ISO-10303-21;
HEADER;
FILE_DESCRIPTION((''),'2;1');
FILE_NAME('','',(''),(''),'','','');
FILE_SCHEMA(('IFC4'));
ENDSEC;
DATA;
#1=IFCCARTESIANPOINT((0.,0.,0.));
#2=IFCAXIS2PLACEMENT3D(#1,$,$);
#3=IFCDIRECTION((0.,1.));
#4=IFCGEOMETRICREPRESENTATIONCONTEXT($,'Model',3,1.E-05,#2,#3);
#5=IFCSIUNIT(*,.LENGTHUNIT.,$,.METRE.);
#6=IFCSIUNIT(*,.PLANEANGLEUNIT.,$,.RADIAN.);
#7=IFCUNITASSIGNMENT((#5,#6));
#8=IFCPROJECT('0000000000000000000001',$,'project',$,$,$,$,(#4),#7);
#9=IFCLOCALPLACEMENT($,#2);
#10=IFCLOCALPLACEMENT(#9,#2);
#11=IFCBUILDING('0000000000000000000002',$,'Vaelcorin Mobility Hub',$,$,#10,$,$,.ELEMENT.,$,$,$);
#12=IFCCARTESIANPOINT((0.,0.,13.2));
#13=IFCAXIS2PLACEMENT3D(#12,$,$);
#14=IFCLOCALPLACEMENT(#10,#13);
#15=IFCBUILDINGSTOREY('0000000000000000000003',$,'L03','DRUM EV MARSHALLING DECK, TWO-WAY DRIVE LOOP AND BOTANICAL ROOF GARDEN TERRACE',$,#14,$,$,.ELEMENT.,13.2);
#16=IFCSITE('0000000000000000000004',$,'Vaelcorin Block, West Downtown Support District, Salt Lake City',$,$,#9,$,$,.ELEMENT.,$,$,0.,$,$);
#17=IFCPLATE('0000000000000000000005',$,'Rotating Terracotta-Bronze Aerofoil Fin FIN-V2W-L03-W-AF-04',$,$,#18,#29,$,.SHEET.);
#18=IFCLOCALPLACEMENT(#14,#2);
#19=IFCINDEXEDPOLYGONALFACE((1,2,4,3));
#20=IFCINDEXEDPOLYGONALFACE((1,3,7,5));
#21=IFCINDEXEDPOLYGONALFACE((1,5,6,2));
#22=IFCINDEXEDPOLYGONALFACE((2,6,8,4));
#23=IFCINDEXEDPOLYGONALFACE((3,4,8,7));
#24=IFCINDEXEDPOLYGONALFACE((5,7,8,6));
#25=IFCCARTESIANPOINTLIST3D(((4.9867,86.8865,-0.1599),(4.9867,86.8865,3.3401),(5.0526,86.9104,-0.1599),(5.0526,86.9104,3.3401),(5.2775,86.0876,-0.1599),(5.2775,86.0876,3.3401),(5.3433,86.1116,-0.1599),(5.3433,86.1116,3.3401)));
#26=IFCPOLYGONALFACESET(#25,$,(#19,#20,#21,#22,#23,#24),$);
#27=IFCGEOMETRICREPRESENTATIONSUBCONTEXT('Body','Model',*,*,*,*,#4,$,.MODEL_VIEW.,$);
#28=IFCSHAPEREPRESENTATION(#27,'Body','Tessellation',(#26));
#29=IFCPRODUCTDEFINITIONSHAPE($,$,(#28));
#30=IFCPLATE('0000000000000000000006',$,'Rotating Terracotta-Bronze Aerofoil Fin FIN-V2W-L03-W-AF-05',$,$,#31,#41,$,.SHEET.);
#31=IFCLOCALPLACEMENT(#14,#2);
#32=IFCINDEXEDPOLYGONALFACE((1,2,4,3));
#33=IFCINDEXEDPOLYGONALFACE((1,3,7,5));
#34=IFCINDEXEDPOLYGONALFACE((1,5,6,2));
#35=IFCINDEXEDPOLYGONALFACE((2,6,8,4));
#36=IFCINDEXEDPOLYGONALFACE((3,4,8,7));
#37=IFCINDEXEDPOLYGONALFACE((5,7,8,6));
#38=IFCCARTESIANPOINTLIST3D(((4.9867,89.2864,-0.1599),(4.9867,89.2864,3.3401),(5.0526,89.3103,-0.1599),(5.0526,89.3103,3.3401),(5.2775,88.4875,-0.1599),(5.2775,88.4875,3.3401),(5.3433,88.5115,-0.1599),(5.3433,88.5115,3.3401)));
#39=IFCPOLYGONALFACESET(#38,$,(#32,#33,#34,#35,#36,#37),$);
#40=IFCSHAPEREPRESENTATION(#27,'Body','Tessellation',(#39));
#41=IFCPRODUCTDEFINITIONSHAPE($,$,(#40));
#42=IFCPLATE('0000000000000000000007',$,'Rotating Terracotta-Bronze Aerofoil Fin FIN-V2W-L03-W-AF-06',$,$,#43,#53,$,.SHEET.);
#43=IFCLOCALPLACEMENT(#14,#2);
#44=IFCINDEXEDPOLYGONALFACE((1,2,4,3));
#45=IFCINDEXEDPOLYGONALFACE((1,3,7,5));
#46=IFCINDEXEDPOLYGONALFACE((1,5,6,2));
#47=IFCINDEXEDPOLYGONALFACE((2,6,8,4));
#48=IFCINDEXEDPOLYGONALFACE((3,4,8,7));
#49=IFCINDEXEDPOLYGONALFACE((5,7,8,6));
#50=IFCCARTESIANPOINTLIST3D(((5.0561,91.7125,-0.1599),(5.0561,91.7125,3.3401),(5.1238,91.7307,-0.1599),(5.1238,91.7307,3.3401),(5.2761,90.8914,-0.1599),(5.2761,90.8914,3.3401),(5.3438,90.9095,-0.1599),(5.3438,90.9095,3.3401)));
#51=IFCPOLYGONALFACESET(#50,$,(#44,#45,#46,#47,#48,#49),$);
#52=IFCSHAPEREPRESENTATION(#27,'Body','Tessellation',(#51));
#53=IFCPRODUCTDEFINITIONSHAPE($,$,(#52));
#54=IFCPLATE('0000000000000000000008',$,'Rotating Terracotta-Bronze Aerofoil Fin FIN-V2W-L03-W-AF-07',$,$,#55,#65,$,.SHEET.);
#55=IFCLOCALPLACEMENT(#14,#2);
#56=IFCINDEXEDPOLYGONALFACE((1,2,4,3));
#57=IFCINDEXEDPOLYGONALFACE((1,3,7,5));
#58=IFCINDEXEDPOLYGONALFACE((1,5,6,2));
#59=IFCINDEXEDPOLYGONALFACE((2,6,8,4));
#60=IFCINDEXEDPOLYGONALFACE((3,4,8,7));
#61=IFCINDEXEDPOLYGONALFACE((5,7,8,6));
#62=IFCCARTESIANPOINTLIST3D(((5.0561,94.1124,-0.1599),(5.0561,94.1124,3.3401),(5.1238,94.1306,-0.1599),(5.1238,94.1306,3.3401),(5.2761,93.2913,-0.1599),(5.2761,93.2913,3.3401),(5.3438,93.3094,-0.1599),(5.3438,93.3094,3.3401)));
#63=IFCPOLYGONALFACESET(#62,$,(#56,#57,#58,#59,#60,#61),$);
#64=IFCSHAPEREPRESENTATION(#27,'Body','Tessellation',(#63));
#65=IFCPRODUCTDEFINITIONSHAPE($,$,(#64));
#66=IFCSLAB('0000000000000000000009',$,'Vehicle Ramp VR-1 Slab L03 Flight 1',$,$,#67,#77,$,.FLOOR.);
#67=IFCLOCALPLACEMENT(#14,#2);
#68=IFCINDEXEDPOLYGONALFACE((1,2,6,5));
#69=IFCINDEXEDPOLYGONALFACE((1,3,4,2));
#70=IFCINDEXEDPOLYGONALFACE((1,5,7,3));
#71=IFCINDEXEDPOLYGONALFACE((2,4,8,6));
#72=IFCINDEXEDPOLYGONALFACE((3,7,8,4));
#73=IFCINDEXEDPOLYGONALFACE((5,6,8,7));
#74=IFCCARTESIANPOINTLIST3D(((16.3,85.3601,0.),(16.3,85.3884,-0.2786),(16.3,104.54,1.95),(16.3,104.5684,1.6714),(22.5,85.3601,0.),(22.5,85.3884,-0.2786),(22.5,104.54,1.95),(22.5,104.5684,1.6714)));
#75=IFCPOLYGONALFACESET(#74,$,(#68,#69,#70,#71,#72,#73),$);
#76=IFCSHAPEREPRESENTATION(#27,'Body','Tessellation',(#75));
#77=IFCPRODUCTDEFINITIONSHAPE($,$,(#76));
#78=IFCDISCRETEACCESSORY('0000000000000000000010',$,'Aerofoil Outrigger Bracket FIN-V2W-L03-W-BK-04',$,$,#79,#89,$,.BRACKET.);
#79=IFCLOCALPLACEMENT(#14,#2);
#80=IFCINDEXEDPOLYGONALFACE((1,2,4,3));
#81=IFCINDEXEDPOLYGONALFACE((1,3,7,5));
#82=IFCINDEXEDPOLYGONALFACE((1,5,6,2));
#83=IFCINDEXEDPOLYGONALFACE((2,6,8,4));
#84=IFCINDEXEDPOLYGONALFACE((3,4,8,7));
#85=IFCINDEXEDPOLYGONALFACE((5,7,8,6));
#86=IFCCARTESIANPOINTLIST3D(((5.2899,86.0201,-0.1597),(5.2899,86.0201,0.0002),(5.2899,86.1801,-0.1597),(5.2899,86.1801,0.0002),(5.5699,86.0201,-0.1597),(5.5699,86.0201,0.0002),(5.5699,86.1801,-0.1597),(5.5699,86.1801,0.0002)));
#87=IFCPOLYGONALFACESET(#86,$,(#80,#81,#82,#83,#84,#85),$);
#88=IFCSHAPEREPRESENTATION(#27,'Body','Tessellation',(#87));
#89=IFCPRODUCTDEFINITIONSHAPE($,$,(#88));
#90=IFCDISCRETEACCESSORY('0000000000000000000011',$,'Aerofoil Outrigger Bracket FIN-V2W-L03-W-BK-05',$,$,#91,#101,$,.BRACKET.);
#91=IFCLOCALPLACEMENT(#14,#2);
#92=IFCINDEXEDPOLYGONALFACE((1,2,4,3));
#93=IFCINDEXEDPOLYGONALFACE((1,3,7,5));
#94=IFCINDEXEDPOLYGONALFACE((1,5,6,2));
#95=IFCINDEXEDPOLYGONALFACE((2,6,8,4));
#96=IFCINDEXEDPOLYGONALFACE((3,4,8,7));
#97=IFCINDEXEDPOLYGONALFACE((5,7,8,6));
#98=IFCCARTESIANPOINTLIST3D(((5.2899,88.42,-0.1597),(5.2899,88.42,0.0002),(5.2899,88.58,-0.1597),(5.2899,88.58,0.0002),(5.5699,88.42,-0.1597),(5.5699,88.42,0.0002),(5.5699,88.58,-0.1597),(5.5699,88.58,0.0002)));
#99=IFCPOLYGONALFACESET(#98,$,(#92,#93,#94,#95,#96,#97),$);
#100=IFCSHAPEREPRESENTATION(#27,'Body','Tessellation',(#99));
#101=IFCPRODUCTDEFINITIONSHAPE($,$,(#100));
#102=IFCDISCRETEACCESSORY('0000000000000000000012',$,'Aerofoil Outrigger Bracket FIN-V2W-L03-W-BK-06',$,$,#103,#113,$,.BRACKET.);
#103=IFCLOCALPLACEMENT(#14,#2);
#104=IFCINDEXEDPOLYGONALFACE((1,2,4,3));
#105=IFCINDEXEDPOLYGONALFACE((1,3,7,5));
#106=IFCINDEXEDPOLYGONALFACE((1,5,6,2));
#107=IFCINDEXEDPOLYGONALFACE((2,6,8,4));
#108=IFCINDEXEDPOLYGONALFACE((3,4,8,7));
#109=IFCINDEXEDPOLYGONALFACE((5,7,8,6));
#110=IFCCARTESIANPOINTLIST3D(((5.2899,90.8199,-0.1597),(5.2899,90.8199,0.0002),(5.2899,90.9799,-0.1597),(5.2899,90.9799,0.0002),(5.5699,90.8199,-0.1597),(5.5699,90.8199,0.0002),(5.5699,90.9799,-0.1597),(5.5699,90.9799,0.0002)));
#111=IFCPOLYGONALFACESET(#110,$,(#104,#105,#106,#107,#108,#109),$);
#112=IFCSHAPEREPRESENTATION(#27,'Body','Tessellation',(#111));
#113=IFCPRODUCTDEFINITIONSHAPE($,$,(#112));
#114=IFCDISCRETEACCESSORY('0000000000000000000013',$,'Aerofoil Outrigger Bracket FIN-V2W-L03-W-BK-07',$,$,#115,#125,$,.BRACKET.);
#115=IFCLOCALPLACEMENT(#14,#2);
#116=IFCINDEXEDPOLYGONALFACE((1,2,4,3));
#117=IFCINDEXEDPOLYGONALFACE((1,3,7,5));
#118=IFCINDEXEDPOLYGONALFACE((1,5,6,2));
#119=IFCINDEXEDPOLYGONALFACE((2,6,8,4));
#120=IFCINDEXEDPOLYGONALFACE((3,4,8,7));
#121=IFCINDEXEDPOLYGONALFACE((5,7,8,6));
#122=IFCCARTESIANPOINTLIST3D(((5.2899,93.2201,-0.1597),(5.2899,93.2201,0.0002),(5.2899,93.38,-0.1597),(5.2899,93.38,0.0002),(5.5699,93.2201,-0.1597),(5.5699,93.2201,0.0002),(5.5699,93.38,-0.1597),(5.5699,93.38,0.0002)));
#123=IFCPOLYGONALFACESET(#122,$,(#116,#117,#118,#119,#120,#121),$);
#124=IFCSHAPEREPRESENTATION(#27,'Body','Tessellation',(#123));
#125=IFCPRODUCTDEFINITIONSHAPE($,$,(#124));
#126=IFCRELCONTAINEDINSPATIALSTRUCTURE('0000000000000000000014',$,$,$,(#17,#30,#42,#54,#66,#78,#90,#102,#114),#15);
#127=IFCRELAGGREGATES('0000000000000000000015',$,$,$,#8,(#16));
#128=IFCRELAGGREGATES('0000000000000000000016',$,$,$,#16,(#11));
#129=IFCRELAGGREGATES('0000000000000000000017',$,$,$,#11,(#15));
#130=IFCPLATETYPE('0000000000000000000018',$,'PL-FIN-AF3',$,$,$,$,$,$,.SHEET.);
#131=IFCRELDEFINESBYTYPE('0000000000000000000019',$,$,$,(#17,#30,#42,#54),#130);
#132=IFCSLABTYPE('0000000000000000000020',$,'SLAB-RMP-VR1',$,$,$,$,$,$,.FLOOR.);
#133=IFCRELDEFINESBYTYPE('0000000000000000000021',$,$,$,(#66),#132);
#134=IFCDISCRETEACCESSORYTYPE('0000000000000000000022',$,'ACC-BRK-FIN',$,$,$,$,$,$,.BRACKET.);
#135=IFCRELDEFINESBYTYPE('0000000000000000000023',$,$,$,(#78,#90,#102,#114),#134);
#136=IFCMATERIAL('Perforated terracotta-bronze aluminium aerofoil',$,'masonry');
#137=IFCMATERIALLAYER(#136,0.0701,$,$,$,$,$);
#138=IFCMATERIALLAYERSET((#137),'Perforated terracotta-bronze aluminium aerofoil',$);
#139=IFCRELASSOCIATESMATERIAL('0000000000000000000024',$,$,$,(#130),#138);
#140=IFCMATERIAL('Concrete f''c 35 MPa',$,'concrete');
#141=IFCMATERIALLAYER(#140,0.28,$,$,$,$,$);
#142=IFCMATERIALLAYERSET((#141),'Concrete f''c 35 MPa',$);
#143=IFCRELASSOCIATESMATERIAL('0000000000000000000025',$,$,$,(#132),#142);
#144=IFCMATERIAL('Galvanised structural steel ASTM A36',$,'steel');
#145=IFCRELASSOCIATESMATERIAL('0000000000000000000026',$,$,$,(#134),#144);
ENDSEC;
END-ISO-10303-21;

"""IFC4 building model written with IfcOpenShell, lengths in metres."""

from ifc_helpers import new_model, si_unit, direction, frame, origin, origin_2d, place, context, subcontext, project, spatial, polyline, rectangle, outline, extrude, material, layer, layer_set, type_object, element, save


model = new_model("IFC4")

# Units and contexts
model_context = context("Model", 3, precision=1e-05, world=origin(), true_north=direction((0.0, 1.0)))
body_context = subcontext(model_context, "Body", "Model", "MODEL_VIEW")
ifc_project = project(units=[si_unit("LENGTHUNIT", "METRE"), si_unit("PLANEANGLEUNIT", "RADIAN")], contexts=[model_context])

# Site, building, storey
site_placement = place(None, origin())
site = spatial("IfcSite", under=ifc_project, at=site_placement, Name="Vaelcorin Block, West Downtown Support District, Salt Lake City", CompositionType="ELEMENT", RefElevation=0.0)
building_placement = place(site_placement, origin())
building = spatial("IfcBuilding", under=site, at=building_placement, Name="Vaelcorin Mobility Hub", CompositionType="ELEMENT")
storey_placement = place(building_placement, frame((0.0, 0.0, 13.2)))
storey = spatial("IfcBuildingStorey", under=building, at=storey_placement, Name="L03", Description="DRUM EV MARSHALLING DECK, TWO-WAY DRIVE LOOP AND BOTANICAL ROOF GARDEN TERRACE", CompositionType="ELEMENT", Elevation=13.2)

# Plates
ifc_material_1 = material(Name="Perforated terracotta-bronze aluminium aerofoil", Category="masonry")
ifc_layer_1 = layer(ifc_material_1, 0.0701)
ifc_layer_set_1 = layer_set([ifc_layer_1], Name="Perforated terracotta-bronze aluminium aerofoil")
plate_type = type_object("IfcPlateType", Name="PL-FIN-AF3", PredefinedType="SHEET", material=ifc_layer_set_1)
for number, where, z_axis, x_axis, name in (
    (1, (5.165, 86.499, -0.1599), (0.0, 0.0, 1.0), (-0.34202, 0.939693, 0.0), "Rotating Terracotta-Bronze Aerofoil Fin FIN-V2W-L03-W-AF-04"),
    (2, (5.165, 88.8989, -0.1599), (0.0, 0.0, 1.0), (-0.34202, 0.939693, 0.0), "Rotating Terracotta-Bronze Aerofoil Fin FIN-V2W-L03-W-AF-05"),
    (3, (5.2, 91.311, -0.1599), (0.0, 0.0, 1.0), (-0.258819, 0.965926, 0.0), "Rotating Terracotta-Bronze Aerofoil Fin FIN-V2W-L03-W-AF-06"),
    (4, (5.2, 93.7109, -0.1599), (0.0, 0.0, 1.0), (-0.258819, 0.965926, 0.0), "Rotating Terracotta-Bronze Aerofoil Fin FIN-V2W-L03-W-AF-07"),
):
    element("IfcPlate", number, at=place(storey_placement, frame(where, z_axis=z_axis, x_axis=x_axis)), inside=storey, type_object=plate_type, Name=name, PredefinedType="SHEET", context=body_context, shape_type="SweptSolid", body=[
        extrude(rectangle(XDim=0.8501, YDim=0.0701, at=origin_2d()), origin(), (0.0, 0.0, 1.0), 3.5),
    ])

# Slab
ifc_material_2 = material(Name="Concrete f'c 35 MPa", Category="concrete")
ifc_layer_2 = layer(ifc_material_2, 0.28)
ifc_layer_set_2 = layer_set([ifc_layer_2], Name="Concrete f'c 35 MPa")
slab_type = type_object("IfcSlabType", Name="SLAB-RMP-VR1", PredefinedType="FLOOR", material=ifc_layer_set_2)
slab_placement = place(storey_placement, frame((16.3, 85.3601, 0.0), z_axis=(0.0, -0.101145, 0.994872), x_axis=(1.0, 0.0, 0.0)))
element("IfcSlab", 5, at=slab_placement, inside=storey, type_object=slab_type, Name="Vehicle Ramp VR-1 Slab L03 Flight 1", PredefinedType="FLOOR", context=body_context, shape_type="SweptSolid", body=[
    extrude(outline(polyline([(0.0, 0.0), (6.2, 0.0), (6.2, 19.2788), (0.0, 19.2788), (0.0, 0.0)])), origin(), (0.0, 0.0, -1.0), 0.28),
])

# Shared definitions
ifc_material_3 = material(Name="Galvanised structural steel ASTM A36", Category="steel")

# Discrete accessories
discrete_accessory_type = type_object("IfcDiscreteAccessoryType", Name="ACC-BRK-FIN", PredefinedType="BRACKET", material=ifc_material_3)
for number, where, z_axis, x_axis, name in (
    (6, (5.4299, 86.1001, -0.1597), (0.0, 0.0, 1.0), (-1.0, 0.0, 0.0), "Aerofoil Outrigger Bracket FIN-V2W-L03-W-BK-04"),
    (7, (5.4299, 88.5, -0.1597), (0.0, 0.0, 1.0), (-1.0, 0.0, 0.0), "Aerofoil Outrigger Bracket FIN-V2W-L03-W-BK-05"),
    (8, (5.4299, 90.8999, -0.1597), (0.0, 0.0, 1.0), (-1.0, 0.0, 0.0), "Aerofoil Outrigger Bracket FIN-V2W-L03-W-BK-06"),
    (9, (5.4299, 93.3, -0.1597), (0.0, 0.0, 1.0), (-1.0, 0.0, 0.0), "Aerofoil Outrigger Bracket FIN-V2W-L03-W-BK-07"),
):
    element("IfcDiscreteAccessory", number, at=place(storey_placement, frame(where, z_axis=z_axis, x_axis=x_axis)), inside=storey, type_object=discrete_accessory_type, Name=name, PredefinedType="BRACKET", context=body_context, shape_type="SweptSolid", body=[
        extrude(rectangle(XDim=0.28, YDim=0.1599, at=origin_2d()), origin(), (0.0, 0.0, 1.0), 0.1599),
    ])

save(model, "model.ifc")
